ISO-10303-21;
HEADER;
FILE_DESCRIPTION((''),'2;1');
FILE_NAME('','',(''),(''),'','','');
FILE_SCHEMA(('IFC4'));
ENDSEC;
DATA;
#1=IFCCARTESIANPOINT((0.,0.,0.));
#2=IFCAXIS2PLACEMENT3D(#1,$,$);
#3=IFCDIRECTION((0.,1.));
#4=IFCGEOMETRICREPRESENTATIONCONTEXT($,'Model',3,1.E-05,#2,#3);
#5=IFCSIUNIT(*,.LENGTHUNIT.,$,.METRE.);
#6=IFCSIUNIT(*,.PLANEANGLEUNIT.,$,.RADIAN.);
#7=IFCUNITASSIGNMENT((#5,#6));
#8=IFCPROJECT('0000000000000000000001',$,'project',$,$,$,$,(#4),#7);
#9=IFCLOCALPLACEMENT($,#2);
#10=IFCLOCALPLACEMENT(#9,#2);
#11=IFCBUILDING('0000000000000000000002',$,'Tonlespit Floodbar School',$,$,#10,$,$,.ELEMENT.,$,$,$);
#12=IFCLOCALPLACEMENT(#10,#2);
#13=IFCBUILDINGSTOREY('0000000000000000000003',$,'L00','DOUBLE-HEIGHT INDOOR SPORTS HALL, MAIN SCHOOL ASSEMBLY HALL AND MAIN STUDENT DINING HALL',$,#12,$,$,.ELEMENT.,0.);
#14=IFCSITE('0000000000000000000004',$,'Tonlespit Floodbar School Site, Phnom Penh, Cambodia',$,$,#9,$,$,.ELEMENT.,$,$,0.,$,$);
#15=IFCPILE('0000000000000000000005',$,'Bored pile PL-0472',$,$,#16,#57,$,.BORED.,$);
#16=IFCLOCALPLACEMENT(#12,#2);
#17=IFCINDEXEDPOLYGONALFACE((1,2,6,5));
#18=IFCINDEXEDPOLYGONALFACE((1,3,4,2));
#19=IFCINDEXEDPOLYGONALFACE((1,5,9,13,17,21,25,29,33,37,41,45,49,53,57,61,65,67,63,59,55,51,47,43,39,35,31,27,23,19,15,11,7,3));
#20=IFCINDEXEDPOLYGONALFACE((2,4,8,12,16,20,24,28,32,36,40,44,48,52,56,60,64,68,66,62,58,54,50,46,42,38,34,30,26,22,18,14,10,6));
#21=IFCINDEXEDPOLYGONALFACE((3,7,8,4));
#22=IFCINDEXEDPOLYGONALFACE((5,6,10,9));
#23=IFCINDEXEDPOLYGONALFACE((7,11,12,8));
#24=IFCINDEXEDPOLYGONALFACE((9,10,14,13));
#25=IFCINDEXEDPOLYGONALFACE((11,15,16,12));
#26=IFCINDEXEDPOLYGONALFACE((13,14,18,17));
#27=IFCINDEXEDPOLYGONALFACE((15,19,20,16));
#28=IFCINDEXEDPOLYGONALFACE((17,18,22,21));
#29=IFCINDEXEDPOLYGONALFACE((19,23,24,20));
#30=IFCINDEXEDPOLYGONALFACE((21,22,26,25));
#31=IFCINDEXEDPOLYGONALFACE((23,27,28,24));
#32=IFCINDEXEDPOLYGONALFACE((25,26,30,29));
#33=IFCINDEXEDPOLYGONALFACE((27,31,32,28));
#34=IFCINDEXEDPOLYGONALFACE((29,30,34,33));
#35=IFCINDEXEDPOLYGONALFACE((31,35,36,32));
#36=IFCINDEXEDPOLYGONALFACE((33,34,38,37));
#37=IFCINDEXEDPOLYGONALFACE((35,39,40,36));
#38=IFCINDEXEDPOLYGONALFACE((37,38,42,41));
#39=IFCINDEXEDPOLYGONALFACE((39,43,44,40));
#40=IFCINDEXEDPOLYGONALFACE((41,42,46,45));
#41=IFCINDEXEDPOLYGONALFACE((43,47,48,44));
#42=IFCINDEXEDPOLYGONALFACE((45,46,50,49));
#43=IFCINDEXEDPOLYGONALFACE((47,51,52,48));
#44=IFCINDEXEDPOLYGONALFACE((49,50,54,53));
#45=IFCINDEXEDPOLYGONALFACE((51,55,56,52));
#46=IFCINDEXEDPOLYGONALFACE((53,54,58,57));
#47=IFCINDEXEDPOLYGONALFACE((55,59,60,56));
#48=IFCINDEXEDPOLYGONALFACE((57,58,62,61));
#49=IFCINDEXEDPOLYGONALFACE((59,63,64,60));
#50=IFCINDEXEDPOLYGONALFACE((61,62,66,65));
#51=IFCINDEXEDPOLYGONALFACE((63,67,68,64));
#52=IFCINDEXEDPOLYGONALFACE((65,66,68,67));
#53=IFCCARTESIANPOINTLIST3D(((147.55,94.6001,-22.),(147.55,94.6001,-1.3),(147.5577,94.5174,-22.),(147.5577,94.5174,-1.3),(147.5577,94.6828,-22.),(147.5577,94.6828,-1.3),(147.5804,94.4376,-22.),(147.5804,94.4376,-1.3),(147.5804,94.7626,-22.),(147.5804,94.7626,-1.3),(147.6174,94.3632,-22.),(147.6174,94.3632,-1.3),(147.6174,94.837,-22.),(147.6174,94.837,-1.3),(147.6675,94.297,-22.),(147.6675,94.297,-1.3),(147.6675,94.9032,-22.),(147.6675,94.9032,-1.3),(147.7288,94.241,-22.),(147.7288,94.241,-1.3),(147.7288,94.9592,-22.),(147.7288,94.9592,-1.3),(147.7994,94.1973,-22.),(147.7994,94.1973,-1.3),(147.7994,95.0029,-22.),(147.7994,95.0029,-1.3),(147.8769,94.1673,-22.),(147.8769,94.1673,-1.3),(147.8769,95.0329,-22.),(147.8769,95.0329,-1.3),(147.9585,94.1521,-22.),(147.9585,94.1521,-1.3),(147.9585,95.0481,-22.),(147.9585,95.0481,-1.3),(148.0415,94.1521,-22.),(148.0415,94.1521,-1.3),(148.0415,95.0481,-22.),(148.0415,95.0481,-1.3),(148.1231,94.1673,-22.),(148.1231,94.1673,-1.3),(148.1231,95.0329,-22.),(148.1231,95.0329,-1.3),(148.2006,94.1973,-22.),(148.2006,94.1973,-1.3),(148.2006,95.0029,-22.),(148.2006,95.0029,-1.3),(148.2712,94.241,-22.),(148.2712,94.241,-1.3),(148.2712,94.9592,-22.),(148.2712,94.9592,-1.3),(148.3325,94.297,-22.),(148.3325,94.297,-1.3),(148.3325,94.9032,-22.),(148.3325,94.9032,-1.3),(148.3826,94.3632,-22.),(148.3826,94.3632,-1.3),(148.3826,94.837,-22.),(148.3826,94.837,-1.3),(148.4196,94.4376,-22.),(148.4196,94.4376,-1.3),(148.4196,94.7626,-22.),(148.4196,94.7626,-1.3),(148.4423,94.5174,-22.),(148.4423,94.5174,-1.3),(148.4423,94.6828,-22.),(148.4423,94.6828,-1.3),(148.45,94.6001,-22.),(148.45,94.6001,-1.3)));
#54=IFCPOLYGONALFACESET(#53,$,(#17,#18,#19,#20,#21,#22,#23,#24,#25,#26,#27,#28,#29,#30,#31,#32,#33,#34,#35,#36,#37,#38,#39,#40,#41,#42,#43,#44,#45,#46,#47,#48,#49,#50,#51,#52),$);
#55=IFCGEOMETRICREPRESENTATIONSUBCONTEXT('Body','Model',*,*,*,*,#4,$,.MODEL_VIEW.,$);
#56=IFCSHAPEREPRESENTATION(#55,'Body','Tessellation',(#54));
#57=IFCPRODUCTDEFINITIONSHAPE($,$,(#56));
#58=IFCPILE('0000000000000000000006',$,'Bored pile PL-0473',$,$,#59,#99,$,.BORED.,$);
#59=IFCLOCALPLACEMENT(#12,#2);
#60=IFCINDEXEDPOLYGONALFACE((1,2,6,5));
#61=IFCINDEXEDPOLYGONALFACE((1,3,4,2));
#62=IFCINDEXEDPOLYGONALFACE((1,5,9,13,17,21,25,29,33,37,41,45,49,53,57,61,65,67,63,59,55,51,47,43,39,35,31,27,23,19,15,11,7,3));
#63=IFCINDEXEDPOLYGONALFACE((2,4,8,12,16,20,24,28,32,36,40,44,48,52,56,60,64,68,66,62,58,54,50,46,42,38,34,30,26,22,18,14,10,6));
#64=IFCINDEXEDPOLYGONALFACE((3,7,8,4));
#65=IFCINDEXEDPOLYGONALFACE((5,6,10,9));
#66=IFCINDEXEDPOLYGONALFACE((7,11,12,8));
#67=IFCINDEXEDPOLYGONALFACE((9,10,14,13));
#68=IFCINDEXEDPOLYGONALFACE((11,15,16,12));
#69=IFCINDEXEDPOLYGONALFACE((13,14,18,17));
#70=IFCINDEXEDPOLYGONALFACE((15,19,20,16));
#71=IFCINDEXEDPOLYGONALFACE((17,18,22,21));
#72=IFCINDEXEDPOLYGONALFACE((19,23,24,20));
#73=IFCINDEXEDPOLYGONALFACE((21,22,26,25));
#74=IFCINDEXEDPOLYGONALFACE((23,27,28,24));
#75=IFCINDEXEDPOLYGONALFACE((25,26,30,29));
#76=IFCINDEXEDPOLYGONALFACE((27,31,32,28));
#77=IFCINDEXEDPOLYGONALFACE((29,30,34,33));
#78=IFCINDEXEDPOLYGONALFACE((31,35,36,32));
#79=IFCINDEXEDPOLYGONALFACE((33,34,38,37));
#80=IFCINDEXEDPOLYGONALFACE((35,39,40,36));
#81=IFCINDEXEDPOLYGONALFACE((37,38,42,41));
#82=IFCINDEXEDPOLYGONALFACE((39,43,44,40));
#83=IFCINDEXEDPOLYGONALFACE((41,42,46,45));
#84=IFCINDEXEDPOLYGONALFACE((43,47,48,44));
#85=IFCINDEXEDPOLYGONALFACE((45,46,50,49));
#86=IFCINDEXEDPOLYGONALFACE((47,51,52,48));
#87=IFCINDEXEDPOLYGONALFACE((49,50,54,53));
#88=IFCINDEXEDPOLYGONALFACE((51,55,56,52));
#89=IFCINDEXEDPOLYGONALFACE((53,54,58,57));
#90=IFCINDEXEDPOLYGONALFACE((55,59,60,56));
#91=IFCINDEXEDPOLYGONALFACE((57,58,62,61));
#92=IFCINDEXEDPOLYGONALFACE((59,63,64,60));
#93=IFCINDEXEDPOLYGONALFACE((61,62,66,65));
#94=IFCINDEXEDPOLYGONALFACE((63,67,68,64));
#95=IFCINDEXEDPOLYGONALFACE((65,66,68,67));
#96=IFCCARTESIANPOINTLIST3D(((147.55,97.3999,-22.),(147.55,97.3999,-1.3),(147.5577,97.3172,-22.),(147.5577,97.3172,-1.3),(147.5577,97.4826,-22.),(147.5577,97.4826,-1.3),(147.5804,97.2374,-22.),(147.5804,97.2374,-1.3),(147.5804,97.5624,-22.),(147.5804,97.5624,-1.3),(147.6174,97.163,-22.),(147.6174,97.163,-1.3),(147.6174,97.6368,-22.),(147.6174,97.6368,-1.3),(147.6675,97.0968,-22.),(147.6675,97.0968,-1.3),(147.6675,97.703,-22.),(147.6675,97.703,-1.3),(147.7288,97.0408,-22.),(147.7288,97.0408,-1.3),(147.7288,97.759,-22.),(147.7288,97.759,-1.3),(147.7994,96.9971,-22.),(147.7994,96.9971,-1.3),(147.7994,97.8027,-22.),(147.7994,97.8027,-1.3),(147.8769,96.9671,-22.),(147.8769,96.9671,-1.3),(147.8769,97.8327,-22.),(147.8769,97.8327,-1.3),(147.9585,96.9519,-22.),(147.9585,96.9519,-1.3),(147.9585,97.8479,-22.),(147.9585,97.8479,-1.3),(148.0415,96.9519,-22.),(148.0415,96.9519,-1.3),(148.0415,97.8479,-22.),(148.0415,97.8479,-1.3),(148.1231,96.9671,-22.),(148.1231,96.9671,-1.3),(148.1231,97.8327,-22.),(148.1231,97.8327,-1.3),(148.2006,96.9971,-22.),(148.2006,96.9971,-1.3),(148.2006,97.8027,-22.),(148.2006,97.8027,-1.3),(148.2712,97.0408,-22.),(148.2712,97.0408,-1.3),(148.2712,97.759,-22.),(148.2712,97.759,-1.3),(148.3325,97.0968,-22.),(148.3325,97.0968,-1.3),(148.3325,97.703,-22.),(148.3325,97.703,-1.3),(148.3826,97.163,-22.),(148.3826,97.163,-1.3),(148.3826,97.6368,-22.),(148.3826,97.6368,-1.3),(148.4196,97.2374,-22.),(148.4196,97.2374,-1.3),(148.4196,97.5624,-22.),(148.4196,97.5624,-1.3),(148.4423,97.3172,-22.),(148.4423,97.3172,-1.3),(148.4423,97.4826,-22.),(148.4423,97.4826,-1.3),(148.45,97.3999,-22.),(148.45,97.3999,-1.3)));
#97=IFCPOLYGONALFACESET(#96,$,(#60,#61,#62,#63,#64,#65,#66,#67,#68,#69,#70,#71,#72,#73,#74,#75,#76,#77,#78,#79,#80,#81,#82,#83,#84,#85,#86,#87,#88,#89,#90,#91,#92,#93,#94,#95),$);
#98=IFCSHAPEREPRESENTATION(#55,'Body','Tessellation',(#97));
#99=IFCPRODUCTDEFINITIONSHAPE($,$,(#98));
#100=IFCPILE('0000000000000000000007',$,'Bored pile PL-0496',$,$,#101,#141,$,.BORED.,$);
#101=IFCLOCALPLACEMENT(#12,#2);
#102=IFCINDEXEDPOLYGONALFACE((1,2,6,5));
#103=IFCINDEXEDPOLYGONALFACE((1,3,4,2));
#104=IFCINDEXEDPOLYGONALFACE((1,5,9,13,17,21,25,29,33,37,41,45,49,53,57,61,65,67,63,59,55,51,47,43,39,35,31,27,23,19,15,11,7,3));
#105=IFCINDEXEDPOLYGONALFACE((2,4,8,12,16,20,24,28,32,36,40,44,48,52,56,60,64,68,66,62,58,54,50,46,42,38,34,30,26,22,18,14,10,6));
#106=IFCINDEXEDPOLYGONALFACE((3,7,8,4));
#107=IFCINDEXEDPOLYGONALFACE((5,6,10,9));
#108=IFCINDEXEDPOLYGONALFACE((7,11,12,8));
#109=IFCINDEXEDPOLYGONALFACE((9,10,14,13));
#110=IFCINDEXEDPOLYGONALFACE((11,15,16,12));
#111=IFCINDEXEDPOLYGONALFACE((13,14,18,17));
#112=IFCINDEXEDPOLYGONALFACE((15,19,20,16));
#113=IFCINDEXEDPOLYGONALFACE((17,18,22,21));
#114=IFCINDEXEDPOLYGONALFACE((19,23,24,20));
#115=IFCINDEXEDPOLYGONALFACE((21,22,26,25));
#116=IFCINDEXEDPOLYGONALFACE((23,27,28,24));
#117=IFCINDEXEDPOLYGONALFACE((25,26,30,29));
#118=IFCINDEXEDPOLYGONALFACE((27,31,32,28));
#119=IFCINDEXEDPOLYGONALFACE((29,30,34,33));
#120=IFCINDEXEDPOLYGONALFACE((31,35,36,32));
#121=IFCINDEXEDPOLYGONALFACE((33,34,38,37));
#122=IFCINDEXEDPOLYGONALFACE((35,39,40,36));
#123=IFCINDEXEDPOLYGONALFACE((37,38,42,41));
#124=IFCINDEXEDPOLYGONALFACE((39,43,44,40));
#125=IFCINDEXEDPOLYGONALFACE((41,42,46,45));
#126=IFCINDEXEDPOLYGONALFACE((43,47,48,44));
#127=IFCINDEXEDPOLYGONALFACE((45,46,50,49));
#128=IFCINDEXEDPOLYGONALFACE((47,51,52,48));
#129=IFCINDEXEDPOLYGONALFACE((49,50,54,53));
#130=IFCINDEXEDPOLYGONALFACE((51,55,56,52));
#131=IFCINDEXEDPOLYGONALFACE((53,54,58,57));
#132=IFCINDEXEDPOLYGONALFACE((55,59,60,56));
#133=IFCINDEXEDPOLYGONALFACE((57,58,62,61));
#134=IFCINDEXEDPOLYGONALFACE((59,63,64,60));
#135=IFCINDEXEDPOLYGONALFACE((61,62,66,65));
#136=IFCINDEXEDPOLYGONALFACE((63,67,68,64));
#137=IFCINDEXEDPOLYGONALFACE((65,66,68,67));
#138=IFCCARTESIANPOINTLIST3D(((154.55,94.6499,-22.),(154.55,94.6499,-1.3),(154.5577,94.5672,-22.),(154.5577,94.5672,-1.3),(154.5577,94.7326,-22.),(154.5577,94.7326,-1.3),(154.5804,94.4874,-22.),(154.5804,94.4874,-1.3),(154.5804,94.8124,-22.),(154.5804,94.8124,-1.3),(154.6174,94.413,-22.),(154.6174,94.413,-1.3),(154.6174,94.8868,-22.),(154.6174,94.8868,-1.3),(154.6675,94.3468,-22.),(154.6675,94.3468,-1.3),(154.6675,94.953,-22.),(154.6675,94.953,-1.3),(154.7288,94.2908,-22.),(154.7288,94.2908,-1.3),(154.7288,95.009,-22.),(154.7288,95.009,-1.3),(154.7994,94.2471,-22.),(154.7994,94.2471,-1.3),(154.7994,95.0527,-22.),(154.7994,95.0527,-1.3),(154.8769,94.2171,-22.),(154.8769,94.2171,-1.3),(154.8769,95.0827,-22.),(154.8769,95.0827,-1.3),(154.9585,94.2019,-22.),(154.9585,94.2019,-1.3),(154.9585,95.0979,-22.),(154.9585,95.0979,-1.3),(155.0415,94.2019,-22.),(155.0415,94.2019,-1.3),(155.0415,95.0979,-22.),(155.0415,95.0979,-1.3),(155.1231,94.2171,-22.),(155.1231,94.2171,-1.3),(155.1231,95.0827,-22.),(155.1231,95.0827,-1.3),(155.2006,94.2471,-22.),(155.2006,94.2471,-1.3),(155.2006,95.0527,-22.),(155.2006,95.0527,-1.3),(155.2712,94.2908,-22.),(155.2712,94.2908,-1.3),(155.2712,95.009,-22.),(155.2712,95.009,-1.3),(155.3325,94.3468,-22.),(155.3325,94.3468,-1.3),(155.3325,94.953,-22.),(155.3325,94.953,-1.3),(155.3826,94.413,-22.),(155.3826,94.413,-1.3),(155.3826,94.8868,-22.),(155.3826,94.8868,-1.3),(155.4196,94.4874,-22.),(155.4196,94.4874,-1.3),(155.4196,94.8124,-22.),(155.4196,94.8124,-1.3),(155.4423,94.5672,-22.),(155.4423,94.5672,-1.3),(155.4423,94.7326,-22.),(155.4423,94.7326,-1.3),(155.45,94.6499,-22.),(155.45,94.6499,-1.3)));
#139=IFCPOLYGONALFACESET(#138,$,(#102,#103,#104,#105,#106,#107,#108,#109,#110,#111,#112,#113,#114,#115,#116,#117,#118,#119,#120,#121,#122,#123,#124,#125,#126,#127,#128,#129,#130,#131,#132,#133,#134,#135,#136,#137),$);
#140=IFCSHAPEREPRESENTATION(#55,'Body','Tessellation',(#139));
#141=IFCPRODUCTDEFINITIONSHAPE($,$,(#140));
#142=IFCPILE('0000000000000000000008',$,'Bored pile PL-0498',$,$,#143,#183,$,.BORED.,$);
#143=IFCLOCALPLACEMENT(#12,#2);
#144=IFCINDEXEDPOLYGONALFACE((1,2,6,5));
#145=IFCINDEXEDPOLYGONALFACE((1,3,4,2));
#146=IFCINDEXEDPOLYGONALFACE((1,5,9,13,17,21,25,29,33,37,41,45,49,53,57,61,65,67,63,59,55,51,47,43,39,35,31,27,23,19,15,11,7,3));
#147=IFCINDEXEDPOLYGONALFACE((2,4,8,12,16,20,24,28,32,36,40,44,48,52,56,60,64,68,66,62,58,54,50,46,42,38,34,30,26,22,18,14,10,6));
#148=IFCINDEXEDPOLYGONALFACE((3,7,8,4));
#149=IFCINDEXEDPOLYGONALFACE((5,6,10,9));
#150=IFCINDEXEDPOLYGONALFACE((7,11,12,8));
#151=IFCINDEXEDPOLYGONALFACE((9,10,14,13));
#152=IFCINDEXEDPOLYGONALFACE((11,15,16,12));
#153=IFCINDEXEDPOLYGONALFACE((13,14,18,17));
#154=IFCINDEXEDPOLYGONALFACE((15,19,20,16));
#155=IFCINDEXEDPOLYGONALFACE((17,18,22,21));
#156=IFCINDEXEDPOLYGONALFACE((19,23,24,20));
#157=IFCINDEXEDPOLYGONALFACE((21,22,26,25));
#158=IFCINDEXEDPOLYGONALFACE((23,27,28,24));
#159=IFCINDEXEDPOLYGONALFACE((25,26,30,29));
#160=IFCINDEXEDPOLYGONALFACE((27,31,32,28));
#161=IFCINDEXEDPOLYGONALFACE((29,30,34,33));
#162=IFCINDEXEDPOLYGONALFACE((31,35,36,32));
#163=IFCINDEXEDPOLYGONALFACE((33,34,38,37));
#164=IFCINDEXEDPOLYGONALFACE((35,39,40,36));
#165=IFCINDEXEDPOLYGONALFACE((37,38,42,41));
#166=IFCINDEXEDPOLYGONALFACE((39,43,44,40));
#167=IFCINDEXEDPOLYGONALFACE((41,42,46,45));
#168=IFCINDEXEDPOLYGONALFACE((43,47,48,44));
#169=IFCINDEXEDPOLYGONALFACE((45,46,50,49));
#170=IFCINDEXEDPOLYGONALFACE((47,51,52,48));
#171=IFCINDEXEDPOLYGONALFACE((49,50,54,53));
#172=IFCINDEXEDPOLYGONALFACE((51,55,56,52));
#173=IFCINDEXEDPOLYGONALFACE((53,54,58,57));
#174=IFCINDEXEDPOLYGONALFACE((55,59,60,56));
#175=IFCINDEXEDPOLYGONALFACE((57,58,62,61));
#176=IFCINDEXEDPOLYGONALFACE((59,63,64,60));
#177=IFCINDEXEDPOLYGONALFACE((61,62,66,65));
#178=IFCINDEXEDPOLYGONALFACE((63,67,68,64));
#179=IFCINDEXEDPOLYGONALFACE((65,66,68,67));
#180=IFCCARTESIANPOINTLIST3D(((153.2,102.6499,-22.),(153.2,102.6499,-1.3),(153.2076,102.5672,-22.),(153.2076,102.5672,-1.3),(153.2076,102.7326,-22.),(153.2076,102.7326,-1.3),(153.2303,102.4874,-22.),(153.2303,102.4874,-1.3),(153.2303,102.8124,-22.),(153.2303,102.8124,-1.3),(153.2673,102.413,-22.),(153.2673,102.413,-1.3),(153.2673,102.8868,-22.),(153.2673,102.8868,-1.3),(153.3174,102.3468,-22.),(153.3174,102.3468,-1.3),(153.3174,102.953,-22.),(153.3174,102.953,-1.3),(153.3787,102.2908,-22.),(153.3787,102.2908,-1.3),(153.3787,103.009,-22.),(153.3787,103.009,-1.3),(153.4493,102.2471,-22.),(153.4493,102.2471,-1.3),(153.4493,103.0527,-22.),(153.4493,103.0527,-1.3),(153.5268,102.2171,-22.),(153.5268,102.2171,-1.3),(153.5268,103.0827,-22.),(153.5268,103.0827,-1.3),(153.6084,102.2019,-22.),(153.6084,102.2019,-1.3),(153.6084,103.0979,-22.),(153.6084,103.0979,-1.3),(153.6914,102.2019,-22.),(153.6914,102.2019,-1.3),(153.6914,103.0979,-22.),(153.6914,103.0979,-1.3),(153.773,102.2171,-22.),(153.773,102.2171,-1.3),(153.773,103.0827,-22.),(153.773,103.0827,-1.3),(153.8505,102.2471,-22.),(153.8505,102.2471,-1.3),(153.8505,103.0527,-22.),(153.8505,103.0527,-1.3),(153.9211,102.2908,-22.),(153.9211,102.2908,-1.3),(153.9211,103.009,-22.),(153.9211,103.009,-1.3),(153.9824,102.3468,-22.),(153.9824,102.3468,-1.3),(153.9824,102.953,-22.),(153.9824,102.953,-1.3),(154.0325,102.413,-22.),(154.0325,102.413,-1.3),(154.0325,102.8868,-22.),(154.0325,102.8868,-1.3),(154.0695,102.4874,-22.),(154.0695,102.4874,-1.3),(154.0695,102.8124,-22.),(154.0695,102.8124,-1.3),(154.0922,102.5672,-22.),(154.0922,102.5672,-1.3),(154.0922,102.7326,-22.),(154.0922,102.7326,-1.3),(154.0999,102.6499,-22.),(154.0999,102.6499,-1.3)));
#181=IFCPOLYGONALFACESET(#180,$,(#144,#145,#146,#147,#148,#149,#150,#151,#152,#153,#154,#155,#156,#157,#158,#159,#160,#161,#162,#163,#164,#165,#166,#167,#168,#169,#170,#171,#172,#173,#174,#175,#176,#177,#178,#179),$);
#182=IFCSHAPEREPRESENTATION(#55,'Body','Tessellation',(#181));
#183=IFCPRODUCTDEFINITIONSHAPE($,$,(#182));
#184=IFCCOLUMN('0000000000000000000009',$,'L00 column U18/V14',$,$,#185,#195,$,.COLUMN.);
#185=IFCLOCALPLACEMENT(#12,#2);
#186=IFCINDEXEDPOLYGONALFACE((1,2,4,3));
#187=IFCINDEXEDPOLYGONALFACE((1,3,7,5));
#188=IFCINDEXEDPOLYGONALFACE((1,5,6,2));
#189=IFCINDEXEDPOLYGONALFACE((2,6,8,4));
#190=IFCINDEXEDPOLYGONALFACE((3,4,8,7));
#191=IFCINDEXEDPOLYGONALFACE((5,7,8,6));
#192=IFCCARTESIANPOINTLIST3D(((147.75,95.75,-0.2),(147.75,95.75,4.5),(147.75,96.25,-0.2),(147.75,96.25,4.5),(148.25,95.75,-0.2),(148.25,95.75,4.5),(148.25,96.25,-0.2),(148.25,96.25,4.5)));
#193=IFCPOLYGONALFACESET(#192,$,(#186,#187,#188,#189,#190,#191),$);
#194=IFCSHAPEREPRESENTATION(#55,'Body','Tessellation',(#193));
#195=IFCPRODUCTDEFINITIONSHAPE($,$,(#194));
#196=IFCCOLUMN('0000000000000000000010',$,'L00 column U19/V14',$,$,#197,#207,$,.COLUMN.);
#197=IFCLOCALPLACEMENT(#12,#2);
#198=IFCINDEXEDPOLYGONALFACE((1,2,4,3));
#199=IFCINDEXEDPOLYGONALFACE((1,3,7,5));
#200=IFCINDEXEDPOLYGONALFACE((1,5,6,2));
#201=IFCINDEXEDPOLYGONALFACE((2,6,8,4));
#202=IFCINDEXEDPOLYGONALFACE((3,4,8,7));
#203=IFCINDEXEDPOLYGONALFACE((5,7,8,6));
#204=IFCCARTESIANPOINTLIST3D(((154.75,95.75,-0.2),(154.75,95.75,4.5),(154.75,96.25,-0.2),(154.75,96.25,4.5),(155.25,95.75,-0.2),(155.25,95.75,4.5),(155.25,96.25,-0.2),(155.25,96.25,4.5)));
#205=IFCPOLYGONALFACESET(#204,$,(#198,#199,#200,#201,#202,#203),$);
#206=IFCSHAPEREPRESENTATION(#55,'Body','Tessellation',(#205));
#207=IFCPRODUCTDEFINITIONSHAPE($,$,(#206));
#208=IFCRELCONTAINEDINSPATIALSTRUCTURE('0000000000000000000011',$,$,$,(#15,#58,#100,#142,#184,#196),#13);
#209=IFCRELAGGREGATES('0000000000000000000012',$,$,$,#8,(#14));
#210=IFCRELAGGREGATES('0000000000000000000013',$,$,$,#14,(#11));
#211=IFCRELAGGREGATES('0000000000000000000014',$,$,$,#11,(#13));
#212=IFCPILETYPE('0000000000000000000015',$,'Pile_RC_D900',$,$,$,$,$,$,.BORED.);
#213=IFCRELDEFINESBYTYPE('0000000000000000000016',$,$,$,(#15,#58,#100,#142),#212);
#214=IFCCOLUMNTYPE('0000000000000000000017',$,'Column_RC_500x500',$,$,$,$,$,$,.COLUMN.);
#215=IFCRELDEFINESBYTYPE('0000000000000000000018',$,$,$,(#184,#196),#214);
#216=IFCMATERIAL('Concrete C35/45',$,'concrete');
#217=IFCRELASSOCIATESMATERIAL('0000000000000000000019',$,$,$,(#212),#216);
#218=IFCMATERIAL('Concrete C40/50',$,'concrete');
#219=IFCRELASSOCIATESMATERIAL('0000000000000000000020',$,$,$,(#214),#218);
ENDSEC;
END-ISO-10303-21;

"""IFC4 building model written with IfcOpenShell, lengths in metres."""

from ifc_helpers import new_model, si_unit, direction, frame, origin, origin_2d, place, context, subcontext, project, spatial, rectangle, circle, extrude, material, material_profile, profile_set, type_object, element, save


model = new_model("IFC4")

# Units and contexts
model_context = context("Model", 3, precision=1e-05, world=origin(), true_north=direction((0.0, 1.0)))
body_context = subcontext(model_context, "Body", "Model", "MODEL_VIEW")
ifc_project = project(units=[si_unit("LENGTHUNIT", "METRE"), si_unit("PLANEANGLEUNIT", "RADIAN")], contexts=[model_context])

# Site, building, storey
site_placement = place(None, origin())
site = spatial("IfcSite", under=ifc_project, at=site_placement, Name="Tonlespit Floodbar School Site, Phnom Penh, Cambodia", CompositionType="ELEMENT", RefElevation=0.0)
building_placement = place(site_placement, origin())
building = spatial("IfcBuilding", under=site, at=building_placement, Name="Tonlespit Floodbar School", CompositionType="ELEMENT")
storey_placement = place(building_placement, origin())
storey = spatial("IfcBuildingStorey", under=building, at=storey_placement, Name="L00", Description="DOUBLE-HEIGHT INDOOR SPORTS HALL, MAIN SCHOOL ASSEMBLY HALL AND MAIN STUDENT DINING HALL", CompositionType="ELEMENT", Elevation=0.0)

# Shared definitions
ifc_material_1 = material(Name="Concrete C40/50", Category="concrete")

# Piles
ifc_material_2 = material(Name="Concrete C35/45", Category="concrete")
ifc_material_profile_1 = material_profile(ifc_material_2, circle(Radius=0.45, at=origin_2d()), Name="BP D900")
ifc_profile_set_1 = profile_set([ifc_material_profile_1], Name="Concrete C35/45")
pile_type_1 = type_object("IfcPileType", Name="Pile_RC_D900", PredefinedType="BORED", material=ifc_profile_set_1)
for number, where, z_axis, x_axis, name in (
    (1, (148.0, 94.6001, -1.3), (0.0, 0.0, -1.0), (1.0, 0.0, 0.0), "Bored pile PL-0472"),
    (2, (148.0, 97.3999, -1.3), (0.0, 0.0, -1.0), (1.0, 0.0, 0.0), "Bored pile PL-0473"),
    (3, (155.0, 94.6499, -1.3), (0.0, 0.0, -1.0), (1.0, 0.0, 0.0), "Bored pile PL-0496"),
    (4, (153.6499, 102.6499, -1.3), (0.0, 0.0, -1.0), (1.0, 0.0, 0.0), "Bored pile PL-0498"),
):
    element("IfcPile", number, at=place(storey_placement, frame(where, z_axis=z_axis, x_axis=x_axis)), inside=storey, type_object=pile_type_1, Name=name, PredefinedType="BORED", context=body_context, shape_type="SweptSolid", body=[
        extrude(circle(Radius=0.45, at=origin_2d()), origin(), (0.0, 0.0, 1.0), 20.7),
    ])

# Columns
ifc_material_profile_2 = material_profile(ifc_material_1, rectangle(XDim=0.5, YDim=0.5, at=origin_2d()), Name="RC 500x500")
ifc_profile_set_2 = profile_set([ifc_material_profile_2], Name="Concrete C40/50")
column_type = type_object("IfcColumnType", Name="Column_RC_500x500", PredefinedType="COLUMN", material=ifc_profile_set_2)
for number, where, z_axis, x_axis, name in (
    (5, (148.0, 96.0, -0.2), (0.0, 0.0, 1.0), (1.0, 0.0, 0.0), "L00 column U18/V14"),
    (6, (155.0, 96.0, -0.2), (0.0, 0.0, 1.0), (1.0, 0.0, 0.0), "L00 column U19/V14"),
):
    element("IfcColumn", number, at=place(storey_placement, frame(where, z_axis=z_axis, x_axis=x_axis)), inside=storey, type_object=column_type, Name=name, PredefinedType="COLUMN", context=body_context, shape_type="SweptSolid", body=[
        extrude(rectangle(XDim=0.5, YDim=0.5, at=origin_2d()), origin(), (0.0, 0.0, 1.0), 4.7),
    ])

save(model, "model.ifc")
